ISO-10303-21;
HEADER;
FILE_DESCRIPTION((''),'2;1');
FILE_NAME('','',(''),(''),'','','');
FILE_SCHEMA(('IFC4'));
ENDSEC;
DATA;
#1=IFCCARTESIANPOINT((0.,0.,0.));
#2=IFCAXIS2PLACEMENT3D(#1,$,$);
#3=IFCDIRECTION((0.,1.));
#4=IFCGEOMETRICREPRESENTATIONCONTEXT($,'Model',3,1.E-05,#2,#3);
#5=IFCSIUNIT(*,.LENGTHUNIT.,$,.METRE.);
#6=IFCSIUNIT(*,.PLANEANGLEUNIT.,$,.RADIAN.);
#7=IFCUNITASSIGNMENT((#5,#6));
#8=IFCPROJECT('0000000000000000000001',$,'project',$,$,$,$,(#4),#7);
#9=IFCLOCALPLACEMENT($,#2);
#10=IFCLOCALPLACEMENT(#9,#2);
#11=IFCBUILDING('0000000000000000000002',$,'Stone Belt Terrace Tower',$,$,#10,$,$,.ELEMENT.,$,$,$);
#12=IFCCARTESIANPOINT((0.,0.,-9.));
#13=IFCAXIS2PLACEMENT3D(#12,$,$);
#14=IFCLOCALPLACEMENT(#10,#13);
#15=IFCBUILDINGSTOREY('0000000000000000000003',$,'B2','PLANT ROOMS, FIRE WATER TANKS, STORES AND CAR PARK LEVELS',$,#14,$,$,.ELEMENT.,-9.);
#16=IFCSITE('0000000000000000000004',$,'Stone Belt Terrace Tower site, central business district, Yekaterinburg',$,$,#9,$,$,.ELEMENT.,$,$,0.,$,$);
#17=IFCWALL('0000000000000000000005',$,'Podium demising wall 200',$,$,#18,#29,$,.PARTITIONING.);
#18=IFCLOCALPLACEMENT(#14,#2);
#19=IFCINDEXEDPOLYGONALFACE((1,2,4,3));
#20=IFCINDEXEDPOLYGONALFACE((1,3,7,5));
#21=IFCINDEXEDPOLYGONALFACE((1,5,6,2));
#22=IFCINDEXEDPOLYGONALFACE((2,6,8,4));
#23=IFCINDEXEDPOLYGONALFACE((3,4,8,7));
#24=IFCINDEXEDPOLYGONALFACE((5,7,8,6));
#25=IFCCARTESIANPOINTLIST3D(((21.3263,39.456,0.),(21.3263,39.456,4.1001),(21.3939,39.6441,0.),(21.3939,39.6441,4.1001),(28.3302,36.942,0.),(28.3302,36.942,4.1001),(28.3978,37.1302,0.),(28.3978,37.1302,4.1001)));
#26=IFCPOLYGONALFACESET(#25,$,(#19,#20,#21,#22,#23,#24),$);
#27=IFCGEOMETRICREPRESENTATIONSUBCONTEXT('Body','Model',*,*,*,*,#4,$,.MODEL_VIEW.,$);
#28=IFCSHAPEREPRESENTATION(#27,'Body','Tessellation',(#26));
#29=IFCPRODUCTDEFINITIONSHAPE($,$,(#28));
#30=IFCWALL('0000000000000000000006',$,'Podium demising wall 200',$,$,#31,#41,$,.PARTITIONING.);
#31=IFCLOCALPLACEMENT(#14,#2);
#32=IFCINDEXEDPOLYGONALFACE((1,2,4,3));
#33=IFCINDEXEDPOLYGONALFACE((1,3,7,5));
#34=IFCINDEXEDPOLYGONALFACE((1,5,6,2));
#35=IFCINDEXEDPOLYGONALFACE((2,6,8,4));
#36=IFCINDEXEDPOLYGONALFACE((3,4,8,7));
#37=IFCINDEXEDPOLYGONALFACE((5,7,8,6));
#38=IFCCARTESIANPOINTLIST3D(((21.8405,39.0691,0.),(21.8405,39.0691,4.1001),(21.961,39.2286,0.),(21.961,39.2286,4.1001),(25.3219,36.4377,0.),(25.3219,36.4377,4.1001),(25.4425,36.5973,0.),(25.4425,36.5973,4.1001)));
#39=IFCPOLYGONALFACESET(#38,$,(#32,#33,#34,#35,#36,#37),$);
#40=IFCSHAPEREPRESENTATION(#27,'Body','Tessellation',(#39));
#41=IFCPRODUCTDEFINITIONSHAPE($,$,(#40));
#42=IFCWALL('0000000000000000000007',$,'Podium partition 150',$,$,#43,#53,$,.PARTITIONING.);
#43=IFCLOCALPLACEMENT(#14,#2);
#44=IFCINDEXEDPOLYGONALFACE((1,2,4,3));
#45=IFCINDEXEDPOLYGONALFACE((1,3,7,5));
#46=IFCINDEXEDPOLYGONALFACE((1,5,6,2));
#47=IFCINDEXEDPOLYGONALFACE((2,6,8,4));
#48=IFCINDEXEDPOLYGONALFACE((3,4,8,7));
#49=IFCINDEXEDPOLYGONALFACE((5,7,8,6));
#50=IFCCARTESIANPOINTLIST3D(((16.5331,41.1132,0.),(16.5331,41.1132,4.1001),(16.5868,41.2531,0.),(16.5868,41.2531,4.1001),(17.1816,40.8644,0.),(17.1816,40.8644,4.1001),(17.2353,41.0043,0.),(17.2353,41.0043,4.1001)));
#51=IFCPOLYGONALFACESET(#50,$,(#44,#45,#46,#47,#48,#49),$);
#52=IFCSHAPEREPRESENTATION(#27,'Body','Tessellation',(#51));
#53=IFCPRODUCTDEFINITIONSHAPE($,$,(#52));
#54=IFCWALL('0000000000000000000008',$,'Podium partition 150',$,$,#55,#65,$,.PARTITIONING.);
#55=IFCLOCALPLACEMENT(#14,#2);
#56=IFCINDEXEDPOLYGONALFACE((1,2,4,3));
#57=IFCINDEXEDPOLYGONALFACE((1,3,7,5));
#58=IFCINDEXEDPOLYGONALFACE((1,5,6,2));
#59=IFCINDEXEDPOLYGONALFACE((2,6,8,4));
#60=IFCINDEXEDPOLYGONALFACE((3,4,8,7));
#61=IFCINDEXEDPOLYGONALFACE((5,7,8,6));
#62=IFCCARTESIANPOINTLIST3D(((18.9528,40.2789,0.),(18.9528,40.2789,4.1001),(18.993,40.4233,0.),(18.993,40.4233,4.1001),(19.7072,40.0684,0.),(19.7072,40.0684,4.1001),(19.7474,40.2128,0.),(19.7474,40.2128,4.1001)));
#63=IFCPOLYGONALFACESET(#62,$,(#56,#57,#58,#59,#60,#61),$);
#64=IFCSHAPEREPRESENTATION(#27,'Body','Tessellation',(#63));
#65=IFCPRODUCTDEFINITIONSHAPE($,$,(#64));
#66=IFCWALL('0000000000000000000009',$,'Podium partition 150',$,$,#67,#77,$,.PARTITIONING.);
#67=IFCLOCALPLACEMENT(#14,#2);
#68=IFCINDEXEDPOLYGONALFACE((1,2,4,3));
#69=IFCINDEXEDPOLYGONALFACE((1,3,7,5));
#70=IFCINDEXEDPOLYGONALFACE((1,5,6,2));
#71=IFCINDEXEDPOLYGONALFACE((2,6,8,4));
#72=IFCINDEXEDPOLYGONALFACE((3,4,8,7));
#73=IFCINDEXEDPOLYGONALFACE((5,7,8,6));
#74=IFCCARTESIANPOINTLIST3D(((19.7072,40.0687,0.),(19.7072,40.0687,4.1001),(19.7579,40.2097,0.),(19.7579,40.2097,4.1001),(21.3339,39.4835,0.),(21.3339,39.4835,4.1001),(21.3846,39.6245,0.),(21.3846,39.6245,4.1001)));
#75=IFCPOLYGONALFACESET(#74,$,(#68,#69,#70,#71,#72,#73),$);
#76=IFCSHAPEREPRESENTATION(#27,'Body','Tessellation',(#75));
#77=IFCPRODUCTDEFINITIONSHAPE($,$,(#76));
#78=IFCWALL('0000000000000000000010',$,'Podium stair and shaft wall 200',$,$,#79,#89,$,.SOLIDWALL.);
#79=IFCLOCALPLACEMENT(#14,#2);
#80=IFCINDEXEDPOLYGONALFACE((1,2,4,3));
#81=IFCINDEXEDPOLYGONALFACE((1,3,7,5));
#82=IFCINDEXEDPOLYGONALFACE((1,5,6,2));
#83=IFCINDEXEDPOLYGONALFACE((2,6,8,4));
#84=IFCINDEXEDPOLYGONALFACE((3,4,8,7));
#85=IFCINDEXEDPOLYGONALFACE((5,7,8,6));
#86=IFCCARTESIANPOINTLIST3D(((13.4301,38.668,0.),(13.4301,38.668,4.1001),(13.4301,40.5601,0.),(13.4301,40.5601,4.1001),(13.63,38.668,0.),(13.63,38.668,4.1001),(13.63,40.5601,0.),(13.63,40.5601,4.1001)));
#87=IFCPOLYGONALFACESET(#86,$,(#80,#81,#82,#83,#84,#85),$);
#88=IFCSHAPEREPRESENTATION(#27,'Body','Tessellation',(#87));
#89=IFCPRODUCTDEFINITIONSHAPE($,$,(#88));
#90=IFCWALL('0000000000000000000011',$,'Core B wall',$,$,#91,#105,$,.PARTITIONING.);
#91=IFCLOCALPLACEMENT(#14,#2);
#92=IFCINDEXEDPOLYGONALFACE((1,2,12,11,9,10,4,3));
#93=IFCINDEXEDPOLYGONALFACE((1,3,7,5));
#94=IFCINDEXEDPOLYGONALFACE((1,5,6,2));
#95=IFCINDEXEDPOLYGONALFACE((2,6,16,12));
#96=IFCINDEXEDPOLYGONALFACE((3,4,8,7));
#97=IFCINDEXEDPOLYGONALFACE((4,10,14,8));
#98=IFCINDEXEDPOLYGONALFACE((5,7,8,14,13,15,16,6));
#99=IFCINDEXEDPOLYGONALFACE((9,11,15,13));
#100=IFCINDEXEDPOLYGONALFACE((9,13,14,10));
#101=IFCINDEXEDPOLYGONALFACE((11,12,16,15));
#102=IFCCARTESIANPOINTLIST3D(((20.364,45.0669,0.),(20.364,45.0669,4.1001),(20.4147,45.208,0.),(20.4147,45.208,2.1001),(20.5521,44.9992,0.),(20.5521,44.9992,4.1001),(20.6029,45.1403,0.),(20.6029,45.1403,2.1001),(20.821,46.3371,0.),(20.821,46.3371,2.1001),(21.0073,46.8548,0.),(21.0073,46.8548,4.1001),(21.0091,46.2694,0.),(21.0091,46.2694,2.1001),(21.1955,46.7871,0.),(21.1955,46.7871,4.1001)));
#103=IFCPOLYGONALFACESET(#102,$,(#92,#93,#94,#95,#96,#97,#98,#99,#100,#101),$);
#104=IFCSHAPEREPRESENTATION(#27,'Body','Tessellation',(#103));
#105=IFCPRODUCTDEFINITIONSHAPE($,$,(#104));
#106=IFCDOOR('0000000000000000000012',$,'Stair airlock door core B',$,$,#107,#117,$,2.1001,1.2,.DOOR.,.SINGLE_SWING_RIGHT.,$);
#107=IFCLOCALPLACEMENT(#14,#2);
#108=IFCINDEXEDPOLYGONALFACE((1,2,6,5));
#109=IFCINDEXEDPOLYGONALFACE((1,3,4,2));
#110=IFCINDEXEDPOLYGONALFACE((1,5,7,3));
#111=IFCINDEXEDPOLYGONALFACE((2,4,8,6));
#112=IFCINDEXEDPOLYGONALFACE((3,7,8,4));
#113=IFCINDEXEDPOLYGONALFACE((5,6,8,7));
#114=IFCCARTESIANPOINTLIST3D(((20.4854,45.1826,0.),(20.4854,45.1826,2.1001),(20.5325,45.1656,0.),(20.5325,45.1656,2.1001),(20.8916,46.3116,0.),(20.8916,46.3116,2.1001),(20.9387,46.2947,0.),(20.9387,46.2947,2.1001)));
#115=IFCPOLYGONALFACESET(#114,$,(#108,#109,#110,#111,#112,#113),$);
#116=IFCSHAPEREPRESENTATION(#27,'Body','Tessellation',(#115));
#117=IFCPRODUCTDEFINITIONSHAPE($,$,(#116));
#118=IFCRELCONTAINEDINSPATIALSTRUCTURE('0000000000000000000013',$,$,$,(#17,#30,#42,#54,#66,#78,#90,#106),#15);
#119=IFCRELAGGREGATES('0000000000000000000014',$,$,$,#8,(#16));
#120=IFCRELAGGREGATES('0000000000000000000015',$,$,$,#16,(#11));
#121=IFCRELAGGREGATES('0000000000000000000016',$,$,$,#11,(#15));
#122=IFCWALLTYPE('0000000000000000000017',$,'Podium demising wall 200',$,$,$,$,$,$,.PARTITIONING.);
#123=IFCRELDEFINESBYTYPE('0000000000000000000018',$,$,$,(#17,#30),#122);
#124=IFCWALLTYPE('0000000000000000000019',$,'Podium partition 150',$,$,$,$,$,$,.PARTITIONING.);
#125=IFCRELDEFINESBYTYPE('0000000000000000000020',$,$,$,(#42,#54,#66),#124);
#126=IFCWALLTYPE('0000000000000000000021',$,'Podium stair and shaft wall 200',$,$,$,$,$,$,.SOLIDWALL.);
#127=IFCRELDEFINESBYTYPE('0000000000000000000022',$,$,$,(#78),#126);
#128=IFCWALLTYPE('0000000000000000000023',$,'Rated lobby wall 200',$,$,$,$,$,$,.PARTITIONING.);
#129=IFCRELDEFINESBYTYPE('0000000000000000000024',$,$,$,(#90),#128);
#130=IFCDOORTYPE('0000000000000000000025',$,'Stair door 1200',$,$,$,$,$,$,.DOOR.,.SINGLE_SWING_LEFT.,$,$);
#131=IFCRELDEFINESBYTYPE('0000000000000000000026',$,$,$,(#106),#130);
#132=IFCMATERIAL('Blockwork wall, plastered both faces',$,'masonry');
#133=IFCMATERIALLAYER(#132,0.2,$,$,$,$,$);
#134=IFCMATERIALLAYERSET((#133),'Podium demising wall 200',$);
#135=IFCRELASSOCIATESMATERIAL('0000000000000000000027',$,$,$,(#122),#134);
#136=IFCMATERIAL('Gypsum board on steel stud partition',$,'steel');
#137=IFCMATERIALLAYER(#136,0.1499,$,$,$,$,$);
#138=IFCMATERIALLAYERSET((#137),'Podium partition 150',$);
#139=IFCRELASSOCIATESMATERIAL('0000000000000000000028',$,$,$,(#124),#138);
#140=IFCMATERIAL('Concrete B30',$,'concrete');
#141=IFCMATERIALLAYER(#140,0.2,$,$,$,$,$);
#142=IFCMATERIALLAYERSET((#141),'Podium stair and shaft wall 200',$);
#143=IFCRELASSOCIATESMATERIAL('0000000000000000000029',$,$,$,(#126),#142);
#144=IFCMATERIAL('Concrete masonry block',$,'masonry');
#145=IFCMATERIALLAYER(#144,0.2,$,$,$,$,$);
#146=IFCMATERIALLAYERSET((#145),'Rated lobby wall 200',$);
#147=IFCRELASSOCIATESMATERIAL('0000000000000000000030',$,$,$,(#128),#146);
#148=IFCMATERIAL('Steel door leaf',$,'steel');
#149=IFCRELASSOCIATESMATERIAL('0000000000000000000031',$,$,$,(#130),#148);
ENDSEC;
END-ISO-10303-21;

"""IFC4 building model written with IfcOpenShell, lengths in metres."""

from ifc_helpers import new_model, si_unit, direction, frame, frame_2d, origin, place, context, subcontext, project, spatial, rectangle, extrude, material, layer, layer_set, type_object, element, fill, save


model = new_model("IFC4")

# Units and contexts
model_context = context("Model", 3, precision=1e-05, world=origin(), true_north=direction((0.0, 1.0)))
body_context = subcontext(model_context, "Body", "Model", "MODEL_VIEW")
ifc_project = project(units=[si_unit("LENGTHUNIT", "METRE"), si_unit("PLANEANGLEUNIT", "RADIAN")], contexts=[model_context])

# Site, building, storey
site_placement = place(None, origin())
site = spatial("IfcSite", under=ifc_project, at=site_placement, Name="Stone Belt Terrace Tower site, central business district, Yekaterinburg", CompositionType="ELEMENT", RefElevation=0.0)
building_placement = place(site_placement, origin())
building = spatial("IfcBuilding", under=site, at=building_placement, Name="Stone Belt Terrace Tower", CompositionType="ELEMENT")
storey_placement = place(building_placement, frame((0.0, 0.0, -9.0)))
storey = spatial("IfcBuildingStorey", under=building, at=storey_placement, Name="B2", Description="PLANT ROOMS, FIRE WATER TANKS, STORES AND CAR PARK LEVELS", CompositionType="ELEMENT", Elevation=-9.0)

# Shared definitions
ifc_material_1 = material(Name="Blockwork wall, plastered both faces", Category="masonry")
ifc_layer_1 = layer(ifc_material_1, 0.2)
ifc_layer_set_1 = layer_set([ifc_layer_1], Name="Podium demising wall 200")
wall_type_1 = type_object("IfcWallType", Name="Podium demising wall 200", PredefinedType="PARTITIONING", material=ifc_layer_set_1)

# Walls
wall_1_placement = place(storey_placement, frame((21.3601, 39.55, 0.0), z_axis=(0.0, 0.0, 1.0), x_axis=(0.941208, -0.337828, 0.0)))
element("IfcWall", 1, at=wall_1_placement, inside=storey, type_object=wall_type_1, Name="Podium demising wall 200", PredefinedType="PARTITIONING", context=body_context, shape_type="SweptSolid", body=[
    extrude(rectangle(XDim=7.4414, YDim=0.2, at=frame_2d((3.7207, 0.0))), origin(), (0.0, 0.0, 1.0), 4.1001),
])
wall_2_placement = place(storey_placement, frame((21.9006, 39.1489, 0.0), z_axis=(0.0, 0.0, 1.0), x_axis=(0.797766, -0.602968, 0.0)))
element("IfcWall", 2, at=wall_2_placement, inside=storey, type_object=wall_type_1, Name="Podium demising wall 200", PredefinedType="PARTITIONING", context=body_context, shape_type="SweptSolid", body=[
    extrude(rectangle(XDim=4.364, YDim=0.2, at=frame_2d((2.1821, 0.0))), origin(), (0.0, 0.0, 1.0), 4.1001),
])
ifc_material_2 = material(Name="Gypsum board on steel stud partition", Category="steel")
ifc_layer_2 = layer(ifc_material_2, 0.1499)
ifc_layer_set_2 = layer_set([ifc_layer_2], Name="Podium partition 150")
wall_type_2 = type_object("IfcWallType", Name="Podium partition 150", PredefinedType="PARTITIONING", material=ifc_layer_set_2)
wall_3_placement = place(storey_placement, frame((16.5601, 41.1831, 0.0), z_axis=(0.0, 0.0, 1.0), x_axis=(0.933644, -0.358202, 0.0)))
element("IfcWall", 3, at=wall_3_placement, inside=storey, type_object=wall_type_2, Name="Podium partition 150", PredefinedType="PARTITIONING", context=body_context, shape_type="SweptSolid", body=[
    extrude(rectangle(XDim=0.6946, YDim=0.1499, at=frame_2d((0.3472, 0.0))), origin(), (0.0, 0.0, 1.0), 4.1001),
])
wall_4_placement = place(storey_placement, frame((18.9729, 40.3511, 0.0), z_axis=(0.0, 0.0, 1.0), x_axis=(0.963223, -0.268705, 0.0)))
element("IfcWall", 4, at=wall_4_placement, inside=storey, type_object=wall_type_2, Name="Podium partition 150", PredefinedType="PARTITIONING", context=body_context, shape_type="SweptSolid", body=[
    extrude(rectangle(XDim=0.7832, YDim=0.1499, at=frame_2d((0.3916, 0.0))), origin(), (0.0, 0.0, 1.0), 4.1001),
])
wall_5_placement = place(storey_placement, frame((19.7327, 40.1392, 0.0), z_axis=(0.0, 0.0, 1.0), x_axis=(0.940963, -0.338509, 0.0)))
element("IfcWall", 5, at=wall_5_placement, inside=storey, type_object=wall_type_2, Name="Podium partition 150", PredefinedType="PARTITIONING", context=body_context, shape_type="SweptSolid", body=[
    extrude(rectangle(XDim=1.7288, YDim=0.1499, at=frame_2d((0.8643, 0.0))), origin(), (0.0, 0.0, 1.0), 4.1001),
])
ifc_material_3 = material(Name="Concrete B30", Category="concrete")
ifc_layer_3 = layer(ifc_material_3, 0.2)
ifc_layer_set_3 = layer_set([ifc_layer_3], Name="Podium stair and shaft wall 200")
wall_type_3 = type_object("IfcWallType", Name="Podium stair and shaft wall 200", PredefinedType="SOLIDWALL", material=ifc_layer_set_3)
wall_6_placement = place(storey_placement, frame((13.53, 38.668, 0.0), z_axis=(0.0, 0.0, 1.0), x_axis=(0.0, 1.0, 0.0)))
element("IfcWall", 6, at=wall_6_placement, inside=storey, type_object=wall_type_3, Name="Podium stair and shaft wall 200", PredefinedType="SOLIDWALL", context=body_context, shape_type="SweptSolid", body=[
    extrude(rectangle(XDim=1.8921, YDim=0.2, at=frame_2d((0.946, 0.0))), origin(), (0.0, 0.0, 1.0), 4.1001),
])

# Wall, opening, door
ifc_material_4 = material(Name="Concrete masonry block", Category="masonry")
ifc_layer_4 = layer(ifc_material_4, 0.2)
ifc_layer_set_4 = layer_set([ifc_layer_4], Name="Rated lobby wall 200")
wall_type_4 = type_object("IfcWallType", Name="Rated lobby wall 200", PredefinedType="PARTITIONING", material=ifc_layer_set_4)
wall_7_placement = place(storey_placement, frame((20.458, 45.033, 0.0), z_axis=(0.0, 0.0, 1.0), x_axis=(0.338574, 0.94094, 0.0)))
wall_7 = element("IfcWall", 7, at=wall_7_placement, inside=storey, type_object=wall_type_4, Name="Core B wall", PredefinedType="PARTITIONING", context=body_context, shape_type="SweptSolid", body=[
    extrude(rectangle(XDim=1.9001, YDim=0.2, at=frame_2d((0.9502, 0.0))), origin(), (0.0, 0.0, 1.0), 4.1001),
])
opening_1_placement = place(wall_7_placement, frame((0.1499, 0.0, 0.0)))
opening_1 = element("IfcOpeningElement", 8, at=opening_1_placement, cuts=wall_7, PredefinedType="OPENING", context=body_context, shape_type="SweptSolid", body=[
    extrude(rectangle(XDim=1.2, YDim=2.1001, at=frame_2d((0.6001, 1.05))), frame((0.0, 0.1099, 0.0), z_axis=(0.0, -1.0, 0.0), x_axis=(1.0, 0.0, 0.0)), (0.0, 0.0, 1.0), 0.22),
])
ifc_material_5 = material(Name="Steel door leaf", Category="steel")
door_type_1 = type_object("IfcDoorType", Name="Stair door 1200", OperationType="SINGLE_SWING_LEFT", PredefinedType="DOOR", material=ifc_material_5)
door_1_placement = place(opening_1_placement, origin())
door_1 = element("IfcDoor", 9, at=door_1_placement, inside=storey, type_object=door_type_1, Name="Stair airlock door core B", OperationType="SINGLE_SWING_RIGHT", OverallHeight=2.1001, OverallWidth=1.2, PredefinedType="DOOR", context=body_context, shape_type="SweptSolid", body=[
    extrude(rectangle(XDim=1.2, YDim=2.1001, at=frame_2d((0.6001, 1.05))), frame((0.0, 0.0249, 0.0), z_axis=(0.0, -1.0, 0.0), x_axis=(1.0, 0.0, 0.0)), (0.0, 0.0, 1.0), 0.05),
])
fill(opening_1, door_1)

save(model, "model.ifc")
